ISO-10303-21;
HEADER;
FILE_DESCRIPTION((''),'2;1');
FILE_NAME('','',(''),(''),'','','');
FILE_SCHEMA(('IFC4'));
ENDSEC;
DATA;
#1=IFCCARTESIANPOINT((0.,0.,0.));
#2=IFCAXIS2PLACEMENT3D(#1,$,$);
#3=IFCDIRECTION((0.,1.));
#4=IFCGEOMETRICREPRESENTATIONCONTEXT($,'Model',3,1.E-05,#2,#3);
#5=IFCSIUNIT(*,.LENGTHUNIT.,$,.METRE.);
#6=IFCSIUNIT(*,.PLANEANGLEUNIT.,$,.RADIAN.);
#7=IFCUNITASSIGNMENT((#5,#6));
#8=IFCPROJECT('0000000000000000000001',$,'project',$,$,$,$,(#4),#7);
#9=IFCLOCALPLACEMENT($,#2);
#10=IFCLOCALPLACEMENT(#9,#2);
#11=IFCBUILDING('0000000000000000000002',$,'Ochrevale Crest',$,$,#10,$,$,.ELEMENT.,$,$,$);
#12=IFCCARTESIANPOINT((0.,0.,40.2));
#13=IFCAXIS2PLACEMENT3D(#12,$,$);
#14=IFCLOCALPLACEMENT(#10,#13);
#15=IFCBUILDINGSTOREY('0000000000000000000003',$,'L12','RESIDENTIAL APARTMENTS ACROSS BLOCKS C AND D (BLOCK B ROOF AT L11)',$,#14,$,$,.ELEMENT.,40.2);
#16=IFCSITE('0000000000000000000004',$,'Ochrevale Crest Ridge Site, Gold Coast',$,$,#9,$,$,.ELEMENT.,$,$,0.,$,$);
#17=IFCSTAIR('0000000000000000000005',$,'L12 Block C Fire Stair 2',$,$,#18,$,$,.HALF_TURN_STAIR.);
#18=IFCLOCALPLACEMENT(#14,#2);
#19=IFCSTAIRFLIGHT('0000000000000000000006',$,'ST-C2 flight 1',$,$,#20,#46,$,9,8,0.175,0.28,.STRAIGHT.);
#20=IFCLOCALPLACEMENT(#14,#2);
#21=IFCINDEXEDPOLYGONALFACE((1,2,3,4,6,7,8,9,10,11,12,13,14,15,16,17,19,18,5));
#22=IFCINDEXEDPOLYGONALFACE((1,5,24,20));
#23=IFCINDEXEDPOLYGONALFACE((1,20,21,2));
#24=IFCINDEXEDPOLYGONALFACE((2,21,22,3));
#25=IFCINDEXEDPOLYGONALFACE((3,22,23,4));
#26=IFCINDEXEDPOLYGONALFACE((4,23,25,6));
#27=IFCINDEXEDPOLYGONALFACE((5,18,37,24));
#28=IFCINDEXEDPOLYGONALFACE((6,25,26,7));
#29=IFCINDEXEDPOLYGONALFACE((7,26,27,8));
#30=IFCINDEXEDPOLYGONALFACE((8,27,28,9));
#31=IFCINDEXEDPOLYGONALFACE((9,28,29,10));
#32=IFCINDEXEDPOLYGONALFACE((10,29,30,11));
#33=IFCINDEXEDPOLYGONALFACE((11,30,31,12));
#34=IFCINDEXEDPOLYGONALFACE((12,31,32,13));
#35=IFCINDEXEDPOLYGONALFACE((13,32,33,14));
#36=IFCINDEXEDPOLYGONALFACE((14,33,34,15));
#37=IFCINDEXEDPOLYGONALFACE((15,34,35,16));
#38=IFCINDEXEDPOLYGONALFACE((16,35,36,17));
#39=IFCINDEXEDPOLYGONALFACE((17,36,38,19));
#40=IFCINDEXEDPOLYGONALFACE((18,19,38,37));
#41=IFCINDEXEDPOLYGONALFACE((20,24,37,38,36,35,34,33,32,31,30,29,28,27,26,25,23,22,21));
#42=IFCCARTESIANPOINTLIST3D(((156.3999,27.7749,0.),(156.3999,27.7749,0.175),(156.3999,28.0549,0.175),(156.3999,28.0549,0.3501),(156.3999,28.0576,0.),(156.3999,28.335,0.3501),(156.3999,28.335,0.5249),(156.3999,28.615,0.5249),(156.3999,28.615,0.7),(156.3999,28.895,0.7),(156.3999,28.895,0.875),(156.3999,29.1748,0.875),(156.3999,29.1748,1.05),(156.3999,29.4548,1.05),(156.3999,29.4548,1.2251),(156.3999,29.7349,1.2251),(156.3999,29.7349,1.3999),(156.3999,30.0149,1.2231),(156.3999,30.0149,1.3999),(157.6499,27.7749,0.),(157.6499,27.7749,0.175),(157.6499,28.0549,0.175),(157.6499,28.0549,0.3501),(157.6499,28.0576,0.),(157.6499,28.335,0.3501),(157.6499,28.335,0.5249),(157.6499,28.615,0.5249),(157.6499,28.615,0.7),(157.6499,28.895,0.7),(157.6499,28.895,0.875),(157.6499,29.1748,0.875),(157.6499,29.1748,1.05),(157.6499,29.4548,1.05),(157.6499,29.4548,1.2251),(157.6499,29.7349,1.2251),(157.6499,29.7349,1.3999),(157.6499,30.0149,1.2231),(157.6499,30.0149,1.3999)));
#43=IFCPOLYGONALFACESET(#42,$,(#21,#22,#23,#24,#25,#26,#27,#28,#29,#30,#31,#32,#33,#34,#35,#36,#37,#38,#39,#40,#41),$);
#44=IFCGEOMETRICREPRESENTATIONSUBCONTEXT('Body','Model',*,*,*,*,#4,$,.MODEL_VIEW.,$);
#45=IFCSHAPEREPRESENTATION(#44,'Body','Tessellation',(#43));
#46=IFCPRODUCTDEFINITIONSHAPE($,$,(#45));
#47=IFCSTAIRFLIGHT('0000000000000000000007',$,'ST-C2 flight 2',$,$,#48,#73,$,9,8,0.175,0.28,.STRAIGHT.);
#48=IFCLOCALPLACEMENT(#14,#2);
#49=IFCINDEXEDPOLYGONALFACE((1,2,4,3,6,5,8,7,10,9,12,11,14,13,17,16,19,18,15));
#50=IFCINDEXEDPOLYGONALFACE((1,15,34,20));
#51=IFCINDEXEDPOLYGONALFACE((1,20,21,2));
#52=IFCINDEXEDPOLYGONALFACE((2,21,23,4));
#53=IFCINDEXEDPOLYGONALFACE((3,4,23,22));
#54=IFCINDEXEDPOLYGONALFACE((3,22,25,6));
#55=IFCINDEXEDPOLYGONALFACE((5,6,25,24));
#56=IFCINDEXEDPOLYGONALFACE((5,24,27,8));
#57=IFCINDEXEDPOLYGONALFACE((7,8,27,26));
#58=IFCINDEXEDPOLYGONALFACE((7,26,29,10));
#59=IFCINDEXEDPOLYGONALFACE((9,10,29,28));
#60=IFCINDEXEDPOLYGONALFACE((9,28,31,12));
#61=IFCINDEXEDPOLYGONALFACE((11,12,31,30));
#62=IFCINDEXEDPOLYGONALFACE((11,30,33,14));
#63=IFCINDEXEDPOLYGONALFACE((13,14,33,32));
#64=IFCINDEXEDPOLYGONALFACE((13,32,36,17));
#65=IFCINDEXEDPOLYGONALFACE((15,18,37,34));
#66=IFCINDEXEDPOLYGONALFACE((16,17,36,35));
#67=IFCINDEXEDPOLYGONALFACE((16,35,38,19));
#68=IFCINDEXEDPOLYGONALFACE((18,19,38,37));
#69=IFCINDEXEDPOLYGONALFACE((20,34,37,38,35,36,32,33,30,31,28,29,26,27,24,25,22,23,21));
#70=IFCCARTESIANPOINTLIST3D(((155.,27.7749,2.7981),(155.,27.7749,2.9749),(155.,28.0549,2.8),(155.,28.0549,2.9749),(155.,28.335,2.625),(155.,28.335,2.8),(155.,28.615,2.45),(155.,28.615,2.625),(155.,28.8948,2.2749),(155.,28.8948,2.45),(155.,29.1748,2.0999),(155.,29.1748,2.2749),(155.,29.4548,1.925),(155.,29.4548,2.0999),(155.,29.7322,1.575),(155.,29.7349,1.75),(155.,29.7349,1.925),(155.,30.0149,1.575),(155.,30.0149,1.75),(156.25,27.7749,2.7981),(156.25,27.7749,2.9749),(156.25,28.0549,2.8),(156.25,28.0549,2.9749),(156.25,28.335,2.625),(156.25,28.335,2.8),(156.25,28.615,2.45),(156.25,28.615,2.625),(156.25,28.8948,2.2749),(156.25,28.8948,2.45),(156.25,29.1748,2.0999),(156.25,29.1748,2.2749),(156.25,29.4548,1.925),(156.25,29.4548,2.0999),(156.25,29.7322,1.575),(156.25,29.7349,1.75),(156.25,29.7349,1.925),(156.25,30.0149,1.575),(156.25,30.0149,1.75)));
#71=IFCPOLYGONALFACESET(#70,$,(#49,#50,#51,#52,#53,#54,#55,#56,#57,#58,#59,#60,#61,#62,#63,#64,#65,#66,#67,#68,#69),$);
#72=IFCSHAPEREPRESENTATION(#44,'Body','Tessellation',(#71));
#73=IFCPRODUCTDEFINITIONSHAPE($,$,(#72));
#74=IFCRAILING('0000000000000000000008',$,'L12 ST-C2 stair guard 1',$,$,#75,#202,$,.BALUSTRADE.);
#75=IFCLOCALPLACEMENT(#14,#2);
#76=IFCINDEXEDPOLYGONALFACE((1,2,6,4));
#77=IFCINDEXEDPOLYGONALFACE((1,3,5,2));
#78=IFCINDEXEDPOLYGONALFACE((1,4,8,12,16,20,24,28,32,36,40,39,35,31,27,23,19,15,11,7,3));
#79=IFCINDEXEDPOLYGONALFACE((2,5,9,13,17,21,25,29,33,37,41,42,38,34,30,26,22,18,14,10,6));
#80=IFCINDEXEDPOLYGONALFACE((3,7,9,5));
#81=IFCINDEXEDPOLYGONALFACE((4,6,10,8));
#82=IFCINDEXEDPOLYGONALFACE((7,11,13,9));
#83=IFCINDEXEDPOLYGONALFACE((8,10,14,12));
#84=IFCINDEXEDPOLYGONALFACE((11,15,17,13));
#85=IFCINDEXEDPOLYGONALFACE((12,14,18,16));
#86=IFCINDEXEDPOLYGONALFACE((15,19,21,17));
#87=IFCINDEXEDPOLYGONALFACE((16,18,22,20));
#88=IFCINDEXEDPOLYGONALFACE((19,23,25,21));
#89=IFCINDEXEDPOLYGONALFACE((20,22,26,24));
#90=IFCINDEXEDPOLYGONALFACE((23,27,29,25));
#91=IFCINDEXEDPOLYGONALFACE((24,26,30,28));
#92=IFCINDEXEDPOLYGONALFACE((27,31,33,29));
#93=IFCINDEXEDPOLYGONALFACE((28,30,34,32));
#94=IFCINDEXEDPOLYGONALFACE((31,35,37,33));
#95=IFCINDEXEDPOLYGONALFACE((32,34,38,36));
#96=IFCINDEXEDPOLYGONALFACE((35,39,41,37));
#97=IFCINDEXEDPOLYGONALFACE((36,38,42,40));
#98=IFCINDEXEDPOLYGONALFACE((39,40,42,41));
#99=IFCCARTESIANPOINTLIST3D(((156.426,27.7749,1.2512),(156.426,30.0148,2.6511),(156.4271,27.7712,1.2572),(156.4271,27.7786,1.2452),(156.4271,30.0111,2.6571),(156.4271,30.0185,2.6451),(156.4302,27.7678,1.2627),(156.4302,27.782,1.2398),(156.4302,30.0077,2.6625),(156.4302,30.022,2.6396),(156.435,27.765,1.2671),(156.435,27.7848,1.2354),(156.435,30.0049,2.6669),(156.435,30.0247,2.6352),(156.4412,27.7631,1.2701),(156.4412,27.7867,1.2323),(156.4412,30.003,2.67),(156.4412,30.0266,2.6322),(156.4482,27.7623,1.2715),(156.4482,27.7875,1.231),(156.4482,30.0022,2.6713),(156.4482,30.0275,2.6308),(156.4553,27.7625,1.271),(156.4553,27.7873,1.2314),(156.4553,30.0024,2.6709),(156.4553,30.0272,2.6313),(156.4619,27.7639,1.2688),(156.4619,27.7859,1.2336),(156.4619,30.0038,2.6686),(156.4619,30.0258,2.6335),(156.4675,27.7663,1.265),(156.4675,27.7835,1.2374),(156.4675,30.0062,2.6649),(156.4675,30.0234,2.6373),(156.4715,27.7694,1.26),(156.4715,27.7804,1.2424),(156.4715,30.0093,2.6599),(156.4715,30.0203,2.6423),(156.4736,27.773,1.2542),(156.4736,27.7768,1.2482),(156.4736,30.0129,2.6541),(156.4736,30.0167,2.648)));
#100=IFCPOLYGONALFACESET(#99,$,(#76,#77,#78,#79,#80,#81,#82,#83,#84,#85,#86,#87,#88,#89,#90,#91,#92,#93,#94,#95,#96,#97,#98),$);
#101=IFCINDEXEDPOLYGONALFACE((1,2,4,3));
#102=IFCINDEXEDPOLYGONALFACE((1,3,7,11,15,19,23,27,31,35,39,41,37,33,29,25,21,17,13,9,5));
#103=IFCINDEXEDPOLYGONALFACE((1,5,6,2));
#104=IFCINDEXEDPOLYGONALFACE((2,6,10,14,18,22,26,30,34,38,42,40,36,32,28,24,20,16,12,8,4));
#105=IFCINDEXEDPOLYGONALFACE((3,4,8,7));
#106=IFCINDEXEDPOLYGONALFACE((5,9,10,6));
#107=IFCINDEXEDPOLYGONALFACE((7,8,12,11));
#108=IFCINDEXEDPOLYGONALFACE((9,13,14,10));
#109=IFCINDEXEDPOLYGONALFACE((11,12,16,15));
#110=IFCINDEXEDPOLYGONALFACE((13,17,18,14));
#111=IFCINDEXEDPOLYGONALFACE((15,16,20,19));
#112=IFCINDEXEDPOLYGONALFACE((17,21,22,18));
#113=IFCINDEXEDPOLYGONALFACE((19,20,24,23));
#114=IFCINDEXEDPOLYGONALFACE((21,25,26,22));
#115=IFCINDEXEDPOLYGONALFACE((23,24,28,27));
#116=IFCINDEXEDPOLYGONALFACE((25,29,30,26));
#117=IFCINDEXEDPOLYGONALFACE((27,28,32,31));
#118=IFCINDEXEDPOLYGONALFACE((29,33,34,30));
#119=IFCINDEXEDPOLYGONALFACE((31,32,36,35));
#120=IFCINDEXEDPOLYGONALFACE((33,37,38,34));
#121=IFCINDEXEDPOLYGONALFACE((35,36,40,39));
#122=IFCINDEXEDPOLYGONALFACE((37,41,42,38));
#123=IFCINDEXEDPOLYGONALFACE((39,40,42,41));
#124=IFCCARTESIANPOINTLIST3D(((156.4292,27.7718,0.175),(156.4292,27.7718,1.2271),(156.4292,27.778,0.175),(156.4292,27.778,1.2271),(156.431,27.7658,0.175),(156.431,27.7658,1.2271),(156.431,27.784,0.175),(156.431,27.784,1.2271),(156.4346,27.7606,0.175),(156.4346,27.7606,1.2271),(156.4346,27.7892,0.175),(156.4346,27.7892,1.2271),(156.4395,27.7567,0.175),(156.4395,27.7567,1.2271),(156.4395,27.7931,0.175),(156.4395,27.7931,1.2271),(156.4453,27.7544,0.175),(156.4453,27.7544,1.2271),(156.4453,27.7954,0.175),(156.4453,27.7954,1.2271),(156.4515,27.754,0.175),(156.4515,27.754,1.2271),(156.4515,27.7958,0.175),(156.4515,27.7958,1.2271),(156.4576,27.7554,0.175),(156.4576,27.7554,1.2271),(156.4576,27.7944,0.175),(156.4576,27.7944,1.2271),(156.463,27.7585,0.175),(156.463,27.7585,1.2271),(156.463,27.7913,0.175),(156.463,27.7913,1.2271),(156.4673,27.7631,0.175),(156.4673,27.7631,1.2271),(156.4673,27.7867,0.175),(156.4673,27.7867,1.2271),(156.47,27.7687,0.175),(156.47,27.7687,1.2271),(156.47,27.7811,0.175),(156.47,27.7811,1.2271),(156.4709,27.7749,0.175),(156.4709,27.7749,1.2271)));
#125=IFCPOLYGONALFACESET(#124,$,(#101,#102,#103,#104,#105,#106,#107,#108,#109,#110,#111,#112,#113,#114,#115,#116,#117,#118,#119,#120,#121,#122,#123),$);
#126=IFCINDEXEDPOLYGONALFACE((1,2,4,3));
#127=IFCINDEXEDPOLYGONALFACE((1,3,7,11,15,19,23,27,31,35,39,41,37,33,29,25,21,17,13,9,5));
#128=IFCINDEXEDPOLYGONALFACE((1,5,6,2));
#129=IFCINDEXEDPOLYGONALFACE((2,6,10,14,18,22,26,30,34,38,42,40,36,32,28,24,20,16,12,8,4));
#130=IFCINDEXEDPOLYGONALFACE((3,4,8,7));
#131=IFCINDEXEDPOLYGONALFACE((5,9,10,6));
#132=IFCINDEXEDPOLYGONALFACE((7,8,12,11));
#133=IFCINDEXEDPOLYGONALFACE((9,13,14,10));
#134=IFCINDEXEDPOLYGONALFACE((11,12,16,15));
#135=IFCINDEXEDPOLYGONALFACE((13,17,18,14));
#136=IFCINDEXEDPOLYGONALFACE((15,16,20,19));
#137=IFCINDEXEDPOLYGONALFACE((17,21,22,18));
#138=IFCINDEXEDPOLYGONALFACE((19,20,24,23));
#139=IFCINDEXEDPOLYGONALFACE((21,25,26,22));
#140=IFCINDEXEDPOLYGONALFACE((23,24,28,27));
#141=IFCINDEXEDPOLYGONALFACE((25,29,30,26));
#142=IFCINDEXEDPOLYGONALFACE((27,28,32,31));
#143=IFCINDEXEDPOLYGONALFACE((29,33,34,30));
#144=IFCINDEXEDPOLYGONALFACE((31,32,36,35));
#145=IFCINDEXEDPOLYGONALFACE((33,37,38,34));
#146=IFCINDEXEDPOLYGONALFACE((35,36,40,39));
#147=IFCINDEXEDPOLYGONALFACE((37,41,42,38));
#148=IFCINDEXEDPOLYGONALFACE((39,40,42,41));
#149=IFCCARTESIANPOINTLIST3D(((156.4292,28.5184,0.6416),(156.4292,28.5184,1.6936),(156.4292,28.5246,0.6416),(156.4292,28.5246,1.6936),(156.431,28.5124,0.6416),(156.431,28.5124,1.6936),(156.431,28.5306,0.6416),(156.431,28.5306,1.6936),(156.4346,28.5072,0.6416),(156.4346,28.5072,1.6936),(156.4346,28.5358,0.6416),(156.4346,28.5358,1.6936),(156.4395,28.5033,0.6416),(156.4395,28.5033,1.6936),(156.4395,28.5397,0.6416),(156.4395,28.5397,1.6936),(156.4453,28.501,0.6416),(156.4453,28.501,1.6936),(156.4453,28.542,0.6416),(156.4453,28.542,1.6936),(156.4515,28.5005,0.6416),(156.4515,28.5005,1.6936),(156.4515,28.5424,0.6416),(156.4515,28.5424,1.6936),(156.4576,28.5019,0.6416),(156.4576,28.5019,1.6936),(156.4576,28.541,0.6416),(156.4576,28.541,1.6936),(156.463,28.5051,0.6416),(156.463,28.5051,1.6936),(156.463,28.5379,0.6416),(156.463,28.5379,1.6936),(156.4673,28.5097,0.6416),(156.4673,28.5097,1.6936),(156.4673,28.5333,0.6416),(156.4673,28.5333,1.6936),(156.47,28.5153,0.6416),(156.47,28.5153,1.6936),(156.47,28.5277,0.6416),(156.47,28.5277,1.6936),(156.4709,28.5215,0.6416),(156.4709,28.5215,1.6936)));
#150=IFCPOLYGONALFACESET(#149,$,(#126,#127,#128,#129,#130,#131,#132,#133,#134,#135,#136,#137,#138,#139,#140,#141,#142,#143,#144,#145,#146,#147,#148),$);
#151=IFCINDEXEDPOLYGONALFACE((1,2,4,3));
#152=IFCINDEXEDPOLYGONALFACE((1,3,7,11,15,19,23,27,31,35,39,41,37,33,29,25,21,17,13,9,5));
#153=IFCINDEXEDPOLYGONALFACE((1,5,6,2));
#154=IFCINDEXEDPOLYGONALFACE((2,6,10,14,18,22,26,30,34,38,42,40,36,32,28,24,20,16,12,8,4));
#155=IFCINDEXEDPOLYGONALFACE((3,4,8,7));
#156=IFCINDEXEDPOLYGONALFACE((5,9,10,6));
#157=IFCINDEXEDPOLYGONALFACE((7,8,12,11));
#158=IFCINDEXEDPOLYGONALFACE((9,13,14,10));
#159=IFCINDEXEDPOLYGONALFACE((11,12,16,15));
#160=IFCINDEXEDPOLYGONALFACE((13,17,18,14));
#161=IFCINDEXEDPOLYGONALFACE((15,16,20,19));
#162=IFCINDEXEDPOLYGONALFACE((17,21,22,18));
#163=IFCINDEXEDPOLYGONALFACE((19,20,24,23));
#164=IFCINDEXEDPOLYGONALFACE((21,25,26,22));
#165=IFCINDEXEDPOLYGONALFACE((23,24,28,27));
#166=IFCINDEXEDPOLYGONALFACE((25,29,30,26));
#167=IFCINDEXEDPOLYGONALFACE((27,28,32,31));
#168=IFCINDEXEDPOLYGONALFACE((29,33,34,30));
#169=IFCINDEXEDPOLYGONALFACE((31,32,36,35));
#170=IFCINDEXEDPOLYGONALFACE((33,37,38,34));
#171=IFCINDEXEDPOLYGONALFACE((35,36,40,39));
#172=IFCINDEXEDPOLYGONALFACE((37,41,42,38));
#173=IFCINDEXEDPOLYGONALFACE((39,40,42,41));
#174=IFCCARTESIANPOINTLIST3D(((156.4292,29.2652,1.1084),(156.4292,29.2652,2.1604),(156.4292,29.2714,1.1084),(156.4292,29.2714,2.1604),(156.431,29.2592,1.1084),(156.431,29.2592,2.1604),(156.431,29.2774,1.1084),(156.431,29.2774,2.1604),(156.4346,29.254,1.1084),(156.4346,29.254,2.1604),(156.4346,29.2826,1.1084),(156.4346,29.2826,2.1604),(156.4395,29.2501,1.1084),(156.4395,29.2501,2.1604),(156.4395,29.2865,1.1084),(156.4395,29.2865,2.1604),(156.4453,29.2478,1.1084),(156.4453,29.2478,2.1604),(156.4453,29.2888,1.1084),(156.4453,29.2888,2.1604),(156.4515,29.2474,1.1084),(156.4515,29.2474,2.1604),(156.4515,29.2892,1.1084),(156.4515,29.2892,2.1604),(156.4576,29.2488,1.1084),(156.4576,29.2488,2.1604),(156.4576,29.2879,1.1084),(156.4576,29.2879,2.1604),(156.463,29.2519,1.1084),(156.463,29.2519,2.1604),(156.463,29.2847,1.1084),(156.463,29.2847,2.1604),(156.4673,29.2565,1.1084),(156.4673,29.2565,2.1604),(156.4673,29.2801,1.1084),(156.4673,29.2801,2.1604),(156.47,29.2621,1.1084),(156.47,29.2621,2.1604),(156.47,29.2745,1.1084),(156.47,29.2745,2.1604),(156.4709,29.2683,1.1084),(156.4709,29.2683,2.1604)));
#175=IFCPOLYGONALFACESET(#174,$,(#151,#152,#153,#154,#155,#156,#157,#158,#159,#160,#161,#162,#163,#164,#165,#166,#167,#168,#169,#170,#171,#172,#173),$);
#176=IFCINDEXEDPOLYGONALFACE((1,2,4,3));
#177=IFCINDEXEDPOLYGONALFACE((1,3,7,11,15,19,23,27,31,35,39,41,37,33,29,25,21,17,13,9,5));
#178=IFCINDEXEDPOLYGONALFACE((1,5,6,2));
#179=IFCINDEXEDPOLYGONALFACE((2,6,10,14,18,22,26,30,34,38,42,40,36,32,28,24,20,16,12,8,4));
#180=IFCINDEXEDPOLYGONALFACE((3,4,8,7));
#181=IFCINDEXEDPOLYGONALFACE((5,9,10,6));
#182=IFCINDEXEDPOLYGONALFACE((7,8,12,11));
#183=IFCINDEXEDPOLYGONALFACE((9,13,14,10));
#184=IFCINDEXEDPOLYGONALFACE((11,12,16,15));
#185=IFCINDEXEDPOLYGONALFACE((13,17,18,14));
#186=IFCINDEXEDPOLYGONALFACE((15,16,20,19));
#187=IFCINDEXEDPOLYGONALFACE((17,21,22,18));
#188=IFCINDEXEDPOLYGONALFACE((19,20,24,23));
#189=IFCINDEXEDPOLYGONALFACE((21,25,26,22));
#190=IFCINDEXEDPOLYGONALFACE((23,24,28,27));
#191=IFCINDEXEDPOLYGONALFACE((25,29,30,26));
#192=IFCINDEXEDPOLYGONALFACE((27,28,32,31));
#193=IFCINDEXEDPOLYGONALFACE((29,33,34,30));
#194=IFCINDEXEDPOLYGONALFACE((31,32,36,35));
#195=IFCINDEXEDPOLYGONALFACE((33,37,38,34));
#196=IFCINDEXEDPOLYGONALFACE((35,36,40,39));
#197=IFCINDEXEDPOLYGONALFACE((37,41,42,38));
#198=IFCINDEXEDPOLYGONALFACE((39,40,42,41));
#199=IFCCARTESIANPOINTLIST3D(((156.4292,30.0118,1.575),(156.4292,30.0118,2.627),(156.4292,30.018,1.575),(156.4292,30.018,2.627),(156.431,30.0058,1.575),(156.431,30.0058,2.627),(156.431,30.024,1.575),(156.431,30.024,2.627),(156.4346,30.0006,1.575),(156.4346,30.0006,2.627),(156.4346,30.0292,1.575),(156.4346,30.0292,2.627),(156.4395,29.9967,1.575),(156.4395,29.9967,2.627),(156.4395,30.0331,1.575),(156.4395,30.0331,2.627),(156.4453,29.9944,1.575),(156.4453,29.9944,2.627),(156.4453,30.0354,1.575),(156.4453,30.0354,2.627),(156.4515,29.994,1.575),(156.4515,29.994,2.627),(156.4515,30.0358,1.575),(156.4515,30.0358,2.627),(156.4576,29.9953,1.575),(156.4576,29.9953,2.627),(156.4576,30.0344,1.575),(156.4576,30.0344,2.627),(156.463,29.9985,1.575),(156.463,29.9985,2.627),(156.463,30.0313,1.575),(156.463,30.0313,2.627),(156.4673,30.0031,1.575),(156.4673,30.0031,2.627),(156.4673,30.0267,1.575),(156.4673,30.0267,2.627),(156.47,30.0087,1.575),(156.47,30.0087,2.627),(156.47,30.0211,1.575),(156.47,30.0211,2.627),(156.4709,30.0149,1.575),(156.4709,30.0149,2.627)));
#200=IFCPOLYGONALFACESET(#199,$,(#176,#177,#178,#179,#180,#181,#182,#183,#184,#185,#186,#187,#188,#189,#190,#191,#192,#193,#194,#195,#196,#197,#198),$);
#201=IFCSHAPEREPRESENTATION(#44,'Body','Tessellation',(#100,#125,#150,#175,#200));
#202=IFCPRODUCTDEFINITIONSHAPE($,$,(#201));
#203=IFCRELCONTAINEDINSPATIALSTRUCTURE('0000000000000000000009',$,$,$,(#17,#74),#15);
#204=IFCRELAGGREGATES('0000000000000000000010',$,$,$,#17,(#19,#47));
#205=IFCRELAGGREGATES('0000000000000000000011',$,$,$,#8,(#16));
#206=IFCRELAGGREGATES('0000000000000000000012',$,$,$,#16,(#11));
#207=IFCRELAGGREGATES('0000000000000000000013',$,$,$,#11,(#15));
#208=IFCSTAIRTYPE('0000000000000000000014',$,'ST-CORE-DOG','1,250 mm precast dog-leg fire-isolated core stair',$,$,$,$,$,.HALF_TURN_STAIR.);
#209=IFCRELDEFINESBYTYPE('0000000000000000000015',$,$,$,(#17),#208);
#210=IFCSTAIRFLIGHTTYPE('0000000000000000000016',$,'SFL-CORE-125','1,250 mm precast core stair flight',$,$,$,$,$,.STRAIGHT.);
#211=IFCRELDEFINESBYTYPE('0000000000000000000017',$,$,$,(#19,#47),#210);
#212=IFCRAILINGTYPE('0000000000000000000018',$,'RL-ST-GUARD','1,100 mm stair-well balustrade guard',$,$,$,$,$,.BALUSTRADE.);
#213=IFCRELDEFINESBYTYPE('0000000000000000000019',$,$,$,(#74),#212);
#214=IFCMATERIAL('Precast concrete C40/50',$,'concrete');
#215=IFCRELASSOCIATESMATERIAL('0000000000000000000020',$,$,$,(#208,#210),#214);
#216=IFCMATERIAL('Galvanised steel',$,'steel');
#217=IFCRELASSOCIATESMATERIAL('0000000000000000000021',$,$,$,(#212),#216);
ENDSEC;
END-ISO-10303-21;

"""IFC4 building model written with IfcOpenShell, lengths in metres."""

from ifc_helpers import new_model, si_unit, direction, frame, origin, origin_2d, place, context, subcontext, project, spatial, polyline, circle, outline, extrude, material, type_object, element, aggregate, save


model = new_model("IFC4")

# Units and contexts
model_context = context("Model", 3, precision=1e-05, world=origin(), true_north=direction((0.0, 1.0)))
body_context = subcontext(model_context, "Body", "Model", "MODEL_VIEW")
ifc_project = project(units=[si_unit("LENGTHUNIT", "METRE"), si_unit("PLANEANGLEUNIT", "RADIAN")], contexts=[model_context])

# Site, building, storey
site_placement = place(None, origin())
site = spatial("IfcSite", under=ifc_project, at=site_placement, Name="Ochrevale Crest Ridge Site, Gold Coast", CompositionType="ELEMENT", RefElevation=0.0)
building_placement = place(site_placement, origin())
building = spatial("IfcBuilding", under=site, at=building_placement, Name="Ochrevale Crest", CompositionType="ELEMENT")
storey_placement = place(building_placement, frame((0.0, 0.0, 40.2)))
storey = spatial("IfcBuildingStorey", under=building, at=storey_placement, Name="L12", Description="RESIDENTIAL APARTMENTS ACROSS BLOCKS C AND D (BLOCK B ROOF AT L11)", CompositionType="ELEMENT", Elevation=40.2)

# Stair, stair flights
ifc_material_1 = material(Name="Precast concrete C40/50", Category="concrete")
stair_type = type_object("IfcStairType", Name="ST-CORE-DOG", Description="1,250 mm precast dog-leg fire-isolated core stair", PredefinedType="HALF_TURN_STAIR", material=ifc_material_1)
stair_placement = place(storey_placement, origin())
stair = element("IfcStair", 1, at=stair_placement, inside=storey, type_object=stair_type, Name="L12 Block C Fire Stair 2", PredefinedType="HALF_TURN_STAIR")
stair_flight_type = type_object("IfcStairFlightType", Name="SFL-CORE-125", Description="1,250 mm precast core stair flight", PredefinedType="STRAIGHT", material=ifc_material_1)
stair_flight_1_placement = place(storey_placement, frame((157.0249, 27.7749, 0.0), z_axis=(0.0, 0.0, 1.0), x_axis=(0.0, 1.0, 0.0)))
stair_flight_1 = element("IfcStairFlight", 2, at=stair_flight_1_placement, type_object=stair_flight_type, Name="ST-C2 flight 1", NumberOfRisers=9, NumberOfTreads=8, PredefinedType="STRAIGHT", RiserHeight=0.175, TreadLength=0.28, context=body_context, shape_type="SweptSolid", body=[
    extrude(outline(polyline([(0.0, 0.0), (0.0, 0.175), (0.28, 0.175), (0.28, 0.3501), (0.5601, 0.3501), (0.5601, 0.5249), (0.8401, 0.5249), (0.8401, 0.7), (1.1201, 0.7), (1.1201, 0.875), (1.3999, 0.875), (1.3999, 1.05), (1.6799, 1.05), (1.6799, 1.2251), (1.96, 1.2251), (1.96, 1.3999), (2.24, 1.3999), (2.24, 1.575), (2.24, 1.2231), (0.2827, 0.0), (0.0, 0.0)])), frame((0.0, 0.625, 0.0), z_axis=(0.0, -1.0, 0.0), x_axis=(1.0, 0.0, 0.0)), (0.0, 0.0, 1.0), 1.25),
])
stair_flight_2_placement = place(storey_placement, frame((155.625, 30.0149, 1.575), z_axis=(0.0, 0.0, 1.0), x_axis=(0.0, -1.0, 0.0)))
stair_flight_2 = element("IfcStairFlight", 3, at=stair_flight_2_placement, type_object=stair_flight_type, Name="ST-C2 flight 2", NumberOfRisers=9, NumberOfTreads=8, PredefinedType="STRAIGHT", RiserHeight=0.175, TreadLength=0.28, context=body_context, shape_type="SweptSolid", body=[
    extrude(outline(polyline([(0.0, 0.0), (0.0, 0.175), (0.28, 0.175), (0.28, 0.3501), (0.5601, 0.3501), (0.5601, 0.5249), (0.8401, 0.5249), (0.8401, 0.7), (1.1201, 0.7), (1.1201, 0.875), (1.3999, 0.875), (1.3999, 1.05), (1.6799, 1.05), (1.6799, 1.2251), (1.96, 1.2251), (1.96, 1.3999), (2.24, 1.3999), (2.24, 1.575), (2.24, 1.2231), (0.2827, 0.0), (0.0, 0.0)])), frame((0.0, 0.625, 0.0), z_axis=(0.0, -1.0, 0.0), x_axis=(1.0, 0.0, 0.0)), (0.0, 0.0, 1.0), 1.25),
])
aggregate(stair, [stair_flight_1, stair_flight_2])

# Railing
ifc_material_2 = material(Name="Galvanised steel", Category="steel")
railing_type_1 = type_object("IfcRailingType", Name="RL-ST-GUARD", Description="1,100 mm stair-well balustrade guard", PredefinedType="BALUSTRADE", material=ifc_material_2)
railing_1_placement = place(storey_placement, frame((156.45, 27.7749, 0.175)))
element("IfcRailing", 4, at=railing_1_placement, inside=storey, type_object=railing_type_1, Name="L12 ST-C2 stair guard 1", PredefinedType="BALUSTRADE", context=body_context, shape_type="SweptSolid", body=[
    extrude(circle(Radius=0.0239, at=origin_2d()), frame((0.0, 0.0, 1.0762), z_axis=(0.0, 0.848014, 0.529974), x_axis=(-1.0, 0.0, 0.0)), (0.0, 0.0, 1.0), 2.6414),
    extrude(circle(Radius=0.021, at=origin_2d()), origin(), (0.0, 0.0, 1.0), 1.052),
    extrude(circle(Radius=0.021, at=origin_2d()), frame((0.0, 0.7466, 0.4666)), (0.0, 0.0, 1.0), 1.052),
    extrude(circle(Radius=0.021, at=origin_2d()), frame((0.0, 1.4934, 0.9333)), (0.0, 0.0, 1.0), 1.052),
    extrude(circle(Radius=0.021, at=origin_2d()), frame((0.0, 2.24, 1.3999)), (0.0, 0.0, 1.0), 1.052),
])

save(model, "model.ifc")
